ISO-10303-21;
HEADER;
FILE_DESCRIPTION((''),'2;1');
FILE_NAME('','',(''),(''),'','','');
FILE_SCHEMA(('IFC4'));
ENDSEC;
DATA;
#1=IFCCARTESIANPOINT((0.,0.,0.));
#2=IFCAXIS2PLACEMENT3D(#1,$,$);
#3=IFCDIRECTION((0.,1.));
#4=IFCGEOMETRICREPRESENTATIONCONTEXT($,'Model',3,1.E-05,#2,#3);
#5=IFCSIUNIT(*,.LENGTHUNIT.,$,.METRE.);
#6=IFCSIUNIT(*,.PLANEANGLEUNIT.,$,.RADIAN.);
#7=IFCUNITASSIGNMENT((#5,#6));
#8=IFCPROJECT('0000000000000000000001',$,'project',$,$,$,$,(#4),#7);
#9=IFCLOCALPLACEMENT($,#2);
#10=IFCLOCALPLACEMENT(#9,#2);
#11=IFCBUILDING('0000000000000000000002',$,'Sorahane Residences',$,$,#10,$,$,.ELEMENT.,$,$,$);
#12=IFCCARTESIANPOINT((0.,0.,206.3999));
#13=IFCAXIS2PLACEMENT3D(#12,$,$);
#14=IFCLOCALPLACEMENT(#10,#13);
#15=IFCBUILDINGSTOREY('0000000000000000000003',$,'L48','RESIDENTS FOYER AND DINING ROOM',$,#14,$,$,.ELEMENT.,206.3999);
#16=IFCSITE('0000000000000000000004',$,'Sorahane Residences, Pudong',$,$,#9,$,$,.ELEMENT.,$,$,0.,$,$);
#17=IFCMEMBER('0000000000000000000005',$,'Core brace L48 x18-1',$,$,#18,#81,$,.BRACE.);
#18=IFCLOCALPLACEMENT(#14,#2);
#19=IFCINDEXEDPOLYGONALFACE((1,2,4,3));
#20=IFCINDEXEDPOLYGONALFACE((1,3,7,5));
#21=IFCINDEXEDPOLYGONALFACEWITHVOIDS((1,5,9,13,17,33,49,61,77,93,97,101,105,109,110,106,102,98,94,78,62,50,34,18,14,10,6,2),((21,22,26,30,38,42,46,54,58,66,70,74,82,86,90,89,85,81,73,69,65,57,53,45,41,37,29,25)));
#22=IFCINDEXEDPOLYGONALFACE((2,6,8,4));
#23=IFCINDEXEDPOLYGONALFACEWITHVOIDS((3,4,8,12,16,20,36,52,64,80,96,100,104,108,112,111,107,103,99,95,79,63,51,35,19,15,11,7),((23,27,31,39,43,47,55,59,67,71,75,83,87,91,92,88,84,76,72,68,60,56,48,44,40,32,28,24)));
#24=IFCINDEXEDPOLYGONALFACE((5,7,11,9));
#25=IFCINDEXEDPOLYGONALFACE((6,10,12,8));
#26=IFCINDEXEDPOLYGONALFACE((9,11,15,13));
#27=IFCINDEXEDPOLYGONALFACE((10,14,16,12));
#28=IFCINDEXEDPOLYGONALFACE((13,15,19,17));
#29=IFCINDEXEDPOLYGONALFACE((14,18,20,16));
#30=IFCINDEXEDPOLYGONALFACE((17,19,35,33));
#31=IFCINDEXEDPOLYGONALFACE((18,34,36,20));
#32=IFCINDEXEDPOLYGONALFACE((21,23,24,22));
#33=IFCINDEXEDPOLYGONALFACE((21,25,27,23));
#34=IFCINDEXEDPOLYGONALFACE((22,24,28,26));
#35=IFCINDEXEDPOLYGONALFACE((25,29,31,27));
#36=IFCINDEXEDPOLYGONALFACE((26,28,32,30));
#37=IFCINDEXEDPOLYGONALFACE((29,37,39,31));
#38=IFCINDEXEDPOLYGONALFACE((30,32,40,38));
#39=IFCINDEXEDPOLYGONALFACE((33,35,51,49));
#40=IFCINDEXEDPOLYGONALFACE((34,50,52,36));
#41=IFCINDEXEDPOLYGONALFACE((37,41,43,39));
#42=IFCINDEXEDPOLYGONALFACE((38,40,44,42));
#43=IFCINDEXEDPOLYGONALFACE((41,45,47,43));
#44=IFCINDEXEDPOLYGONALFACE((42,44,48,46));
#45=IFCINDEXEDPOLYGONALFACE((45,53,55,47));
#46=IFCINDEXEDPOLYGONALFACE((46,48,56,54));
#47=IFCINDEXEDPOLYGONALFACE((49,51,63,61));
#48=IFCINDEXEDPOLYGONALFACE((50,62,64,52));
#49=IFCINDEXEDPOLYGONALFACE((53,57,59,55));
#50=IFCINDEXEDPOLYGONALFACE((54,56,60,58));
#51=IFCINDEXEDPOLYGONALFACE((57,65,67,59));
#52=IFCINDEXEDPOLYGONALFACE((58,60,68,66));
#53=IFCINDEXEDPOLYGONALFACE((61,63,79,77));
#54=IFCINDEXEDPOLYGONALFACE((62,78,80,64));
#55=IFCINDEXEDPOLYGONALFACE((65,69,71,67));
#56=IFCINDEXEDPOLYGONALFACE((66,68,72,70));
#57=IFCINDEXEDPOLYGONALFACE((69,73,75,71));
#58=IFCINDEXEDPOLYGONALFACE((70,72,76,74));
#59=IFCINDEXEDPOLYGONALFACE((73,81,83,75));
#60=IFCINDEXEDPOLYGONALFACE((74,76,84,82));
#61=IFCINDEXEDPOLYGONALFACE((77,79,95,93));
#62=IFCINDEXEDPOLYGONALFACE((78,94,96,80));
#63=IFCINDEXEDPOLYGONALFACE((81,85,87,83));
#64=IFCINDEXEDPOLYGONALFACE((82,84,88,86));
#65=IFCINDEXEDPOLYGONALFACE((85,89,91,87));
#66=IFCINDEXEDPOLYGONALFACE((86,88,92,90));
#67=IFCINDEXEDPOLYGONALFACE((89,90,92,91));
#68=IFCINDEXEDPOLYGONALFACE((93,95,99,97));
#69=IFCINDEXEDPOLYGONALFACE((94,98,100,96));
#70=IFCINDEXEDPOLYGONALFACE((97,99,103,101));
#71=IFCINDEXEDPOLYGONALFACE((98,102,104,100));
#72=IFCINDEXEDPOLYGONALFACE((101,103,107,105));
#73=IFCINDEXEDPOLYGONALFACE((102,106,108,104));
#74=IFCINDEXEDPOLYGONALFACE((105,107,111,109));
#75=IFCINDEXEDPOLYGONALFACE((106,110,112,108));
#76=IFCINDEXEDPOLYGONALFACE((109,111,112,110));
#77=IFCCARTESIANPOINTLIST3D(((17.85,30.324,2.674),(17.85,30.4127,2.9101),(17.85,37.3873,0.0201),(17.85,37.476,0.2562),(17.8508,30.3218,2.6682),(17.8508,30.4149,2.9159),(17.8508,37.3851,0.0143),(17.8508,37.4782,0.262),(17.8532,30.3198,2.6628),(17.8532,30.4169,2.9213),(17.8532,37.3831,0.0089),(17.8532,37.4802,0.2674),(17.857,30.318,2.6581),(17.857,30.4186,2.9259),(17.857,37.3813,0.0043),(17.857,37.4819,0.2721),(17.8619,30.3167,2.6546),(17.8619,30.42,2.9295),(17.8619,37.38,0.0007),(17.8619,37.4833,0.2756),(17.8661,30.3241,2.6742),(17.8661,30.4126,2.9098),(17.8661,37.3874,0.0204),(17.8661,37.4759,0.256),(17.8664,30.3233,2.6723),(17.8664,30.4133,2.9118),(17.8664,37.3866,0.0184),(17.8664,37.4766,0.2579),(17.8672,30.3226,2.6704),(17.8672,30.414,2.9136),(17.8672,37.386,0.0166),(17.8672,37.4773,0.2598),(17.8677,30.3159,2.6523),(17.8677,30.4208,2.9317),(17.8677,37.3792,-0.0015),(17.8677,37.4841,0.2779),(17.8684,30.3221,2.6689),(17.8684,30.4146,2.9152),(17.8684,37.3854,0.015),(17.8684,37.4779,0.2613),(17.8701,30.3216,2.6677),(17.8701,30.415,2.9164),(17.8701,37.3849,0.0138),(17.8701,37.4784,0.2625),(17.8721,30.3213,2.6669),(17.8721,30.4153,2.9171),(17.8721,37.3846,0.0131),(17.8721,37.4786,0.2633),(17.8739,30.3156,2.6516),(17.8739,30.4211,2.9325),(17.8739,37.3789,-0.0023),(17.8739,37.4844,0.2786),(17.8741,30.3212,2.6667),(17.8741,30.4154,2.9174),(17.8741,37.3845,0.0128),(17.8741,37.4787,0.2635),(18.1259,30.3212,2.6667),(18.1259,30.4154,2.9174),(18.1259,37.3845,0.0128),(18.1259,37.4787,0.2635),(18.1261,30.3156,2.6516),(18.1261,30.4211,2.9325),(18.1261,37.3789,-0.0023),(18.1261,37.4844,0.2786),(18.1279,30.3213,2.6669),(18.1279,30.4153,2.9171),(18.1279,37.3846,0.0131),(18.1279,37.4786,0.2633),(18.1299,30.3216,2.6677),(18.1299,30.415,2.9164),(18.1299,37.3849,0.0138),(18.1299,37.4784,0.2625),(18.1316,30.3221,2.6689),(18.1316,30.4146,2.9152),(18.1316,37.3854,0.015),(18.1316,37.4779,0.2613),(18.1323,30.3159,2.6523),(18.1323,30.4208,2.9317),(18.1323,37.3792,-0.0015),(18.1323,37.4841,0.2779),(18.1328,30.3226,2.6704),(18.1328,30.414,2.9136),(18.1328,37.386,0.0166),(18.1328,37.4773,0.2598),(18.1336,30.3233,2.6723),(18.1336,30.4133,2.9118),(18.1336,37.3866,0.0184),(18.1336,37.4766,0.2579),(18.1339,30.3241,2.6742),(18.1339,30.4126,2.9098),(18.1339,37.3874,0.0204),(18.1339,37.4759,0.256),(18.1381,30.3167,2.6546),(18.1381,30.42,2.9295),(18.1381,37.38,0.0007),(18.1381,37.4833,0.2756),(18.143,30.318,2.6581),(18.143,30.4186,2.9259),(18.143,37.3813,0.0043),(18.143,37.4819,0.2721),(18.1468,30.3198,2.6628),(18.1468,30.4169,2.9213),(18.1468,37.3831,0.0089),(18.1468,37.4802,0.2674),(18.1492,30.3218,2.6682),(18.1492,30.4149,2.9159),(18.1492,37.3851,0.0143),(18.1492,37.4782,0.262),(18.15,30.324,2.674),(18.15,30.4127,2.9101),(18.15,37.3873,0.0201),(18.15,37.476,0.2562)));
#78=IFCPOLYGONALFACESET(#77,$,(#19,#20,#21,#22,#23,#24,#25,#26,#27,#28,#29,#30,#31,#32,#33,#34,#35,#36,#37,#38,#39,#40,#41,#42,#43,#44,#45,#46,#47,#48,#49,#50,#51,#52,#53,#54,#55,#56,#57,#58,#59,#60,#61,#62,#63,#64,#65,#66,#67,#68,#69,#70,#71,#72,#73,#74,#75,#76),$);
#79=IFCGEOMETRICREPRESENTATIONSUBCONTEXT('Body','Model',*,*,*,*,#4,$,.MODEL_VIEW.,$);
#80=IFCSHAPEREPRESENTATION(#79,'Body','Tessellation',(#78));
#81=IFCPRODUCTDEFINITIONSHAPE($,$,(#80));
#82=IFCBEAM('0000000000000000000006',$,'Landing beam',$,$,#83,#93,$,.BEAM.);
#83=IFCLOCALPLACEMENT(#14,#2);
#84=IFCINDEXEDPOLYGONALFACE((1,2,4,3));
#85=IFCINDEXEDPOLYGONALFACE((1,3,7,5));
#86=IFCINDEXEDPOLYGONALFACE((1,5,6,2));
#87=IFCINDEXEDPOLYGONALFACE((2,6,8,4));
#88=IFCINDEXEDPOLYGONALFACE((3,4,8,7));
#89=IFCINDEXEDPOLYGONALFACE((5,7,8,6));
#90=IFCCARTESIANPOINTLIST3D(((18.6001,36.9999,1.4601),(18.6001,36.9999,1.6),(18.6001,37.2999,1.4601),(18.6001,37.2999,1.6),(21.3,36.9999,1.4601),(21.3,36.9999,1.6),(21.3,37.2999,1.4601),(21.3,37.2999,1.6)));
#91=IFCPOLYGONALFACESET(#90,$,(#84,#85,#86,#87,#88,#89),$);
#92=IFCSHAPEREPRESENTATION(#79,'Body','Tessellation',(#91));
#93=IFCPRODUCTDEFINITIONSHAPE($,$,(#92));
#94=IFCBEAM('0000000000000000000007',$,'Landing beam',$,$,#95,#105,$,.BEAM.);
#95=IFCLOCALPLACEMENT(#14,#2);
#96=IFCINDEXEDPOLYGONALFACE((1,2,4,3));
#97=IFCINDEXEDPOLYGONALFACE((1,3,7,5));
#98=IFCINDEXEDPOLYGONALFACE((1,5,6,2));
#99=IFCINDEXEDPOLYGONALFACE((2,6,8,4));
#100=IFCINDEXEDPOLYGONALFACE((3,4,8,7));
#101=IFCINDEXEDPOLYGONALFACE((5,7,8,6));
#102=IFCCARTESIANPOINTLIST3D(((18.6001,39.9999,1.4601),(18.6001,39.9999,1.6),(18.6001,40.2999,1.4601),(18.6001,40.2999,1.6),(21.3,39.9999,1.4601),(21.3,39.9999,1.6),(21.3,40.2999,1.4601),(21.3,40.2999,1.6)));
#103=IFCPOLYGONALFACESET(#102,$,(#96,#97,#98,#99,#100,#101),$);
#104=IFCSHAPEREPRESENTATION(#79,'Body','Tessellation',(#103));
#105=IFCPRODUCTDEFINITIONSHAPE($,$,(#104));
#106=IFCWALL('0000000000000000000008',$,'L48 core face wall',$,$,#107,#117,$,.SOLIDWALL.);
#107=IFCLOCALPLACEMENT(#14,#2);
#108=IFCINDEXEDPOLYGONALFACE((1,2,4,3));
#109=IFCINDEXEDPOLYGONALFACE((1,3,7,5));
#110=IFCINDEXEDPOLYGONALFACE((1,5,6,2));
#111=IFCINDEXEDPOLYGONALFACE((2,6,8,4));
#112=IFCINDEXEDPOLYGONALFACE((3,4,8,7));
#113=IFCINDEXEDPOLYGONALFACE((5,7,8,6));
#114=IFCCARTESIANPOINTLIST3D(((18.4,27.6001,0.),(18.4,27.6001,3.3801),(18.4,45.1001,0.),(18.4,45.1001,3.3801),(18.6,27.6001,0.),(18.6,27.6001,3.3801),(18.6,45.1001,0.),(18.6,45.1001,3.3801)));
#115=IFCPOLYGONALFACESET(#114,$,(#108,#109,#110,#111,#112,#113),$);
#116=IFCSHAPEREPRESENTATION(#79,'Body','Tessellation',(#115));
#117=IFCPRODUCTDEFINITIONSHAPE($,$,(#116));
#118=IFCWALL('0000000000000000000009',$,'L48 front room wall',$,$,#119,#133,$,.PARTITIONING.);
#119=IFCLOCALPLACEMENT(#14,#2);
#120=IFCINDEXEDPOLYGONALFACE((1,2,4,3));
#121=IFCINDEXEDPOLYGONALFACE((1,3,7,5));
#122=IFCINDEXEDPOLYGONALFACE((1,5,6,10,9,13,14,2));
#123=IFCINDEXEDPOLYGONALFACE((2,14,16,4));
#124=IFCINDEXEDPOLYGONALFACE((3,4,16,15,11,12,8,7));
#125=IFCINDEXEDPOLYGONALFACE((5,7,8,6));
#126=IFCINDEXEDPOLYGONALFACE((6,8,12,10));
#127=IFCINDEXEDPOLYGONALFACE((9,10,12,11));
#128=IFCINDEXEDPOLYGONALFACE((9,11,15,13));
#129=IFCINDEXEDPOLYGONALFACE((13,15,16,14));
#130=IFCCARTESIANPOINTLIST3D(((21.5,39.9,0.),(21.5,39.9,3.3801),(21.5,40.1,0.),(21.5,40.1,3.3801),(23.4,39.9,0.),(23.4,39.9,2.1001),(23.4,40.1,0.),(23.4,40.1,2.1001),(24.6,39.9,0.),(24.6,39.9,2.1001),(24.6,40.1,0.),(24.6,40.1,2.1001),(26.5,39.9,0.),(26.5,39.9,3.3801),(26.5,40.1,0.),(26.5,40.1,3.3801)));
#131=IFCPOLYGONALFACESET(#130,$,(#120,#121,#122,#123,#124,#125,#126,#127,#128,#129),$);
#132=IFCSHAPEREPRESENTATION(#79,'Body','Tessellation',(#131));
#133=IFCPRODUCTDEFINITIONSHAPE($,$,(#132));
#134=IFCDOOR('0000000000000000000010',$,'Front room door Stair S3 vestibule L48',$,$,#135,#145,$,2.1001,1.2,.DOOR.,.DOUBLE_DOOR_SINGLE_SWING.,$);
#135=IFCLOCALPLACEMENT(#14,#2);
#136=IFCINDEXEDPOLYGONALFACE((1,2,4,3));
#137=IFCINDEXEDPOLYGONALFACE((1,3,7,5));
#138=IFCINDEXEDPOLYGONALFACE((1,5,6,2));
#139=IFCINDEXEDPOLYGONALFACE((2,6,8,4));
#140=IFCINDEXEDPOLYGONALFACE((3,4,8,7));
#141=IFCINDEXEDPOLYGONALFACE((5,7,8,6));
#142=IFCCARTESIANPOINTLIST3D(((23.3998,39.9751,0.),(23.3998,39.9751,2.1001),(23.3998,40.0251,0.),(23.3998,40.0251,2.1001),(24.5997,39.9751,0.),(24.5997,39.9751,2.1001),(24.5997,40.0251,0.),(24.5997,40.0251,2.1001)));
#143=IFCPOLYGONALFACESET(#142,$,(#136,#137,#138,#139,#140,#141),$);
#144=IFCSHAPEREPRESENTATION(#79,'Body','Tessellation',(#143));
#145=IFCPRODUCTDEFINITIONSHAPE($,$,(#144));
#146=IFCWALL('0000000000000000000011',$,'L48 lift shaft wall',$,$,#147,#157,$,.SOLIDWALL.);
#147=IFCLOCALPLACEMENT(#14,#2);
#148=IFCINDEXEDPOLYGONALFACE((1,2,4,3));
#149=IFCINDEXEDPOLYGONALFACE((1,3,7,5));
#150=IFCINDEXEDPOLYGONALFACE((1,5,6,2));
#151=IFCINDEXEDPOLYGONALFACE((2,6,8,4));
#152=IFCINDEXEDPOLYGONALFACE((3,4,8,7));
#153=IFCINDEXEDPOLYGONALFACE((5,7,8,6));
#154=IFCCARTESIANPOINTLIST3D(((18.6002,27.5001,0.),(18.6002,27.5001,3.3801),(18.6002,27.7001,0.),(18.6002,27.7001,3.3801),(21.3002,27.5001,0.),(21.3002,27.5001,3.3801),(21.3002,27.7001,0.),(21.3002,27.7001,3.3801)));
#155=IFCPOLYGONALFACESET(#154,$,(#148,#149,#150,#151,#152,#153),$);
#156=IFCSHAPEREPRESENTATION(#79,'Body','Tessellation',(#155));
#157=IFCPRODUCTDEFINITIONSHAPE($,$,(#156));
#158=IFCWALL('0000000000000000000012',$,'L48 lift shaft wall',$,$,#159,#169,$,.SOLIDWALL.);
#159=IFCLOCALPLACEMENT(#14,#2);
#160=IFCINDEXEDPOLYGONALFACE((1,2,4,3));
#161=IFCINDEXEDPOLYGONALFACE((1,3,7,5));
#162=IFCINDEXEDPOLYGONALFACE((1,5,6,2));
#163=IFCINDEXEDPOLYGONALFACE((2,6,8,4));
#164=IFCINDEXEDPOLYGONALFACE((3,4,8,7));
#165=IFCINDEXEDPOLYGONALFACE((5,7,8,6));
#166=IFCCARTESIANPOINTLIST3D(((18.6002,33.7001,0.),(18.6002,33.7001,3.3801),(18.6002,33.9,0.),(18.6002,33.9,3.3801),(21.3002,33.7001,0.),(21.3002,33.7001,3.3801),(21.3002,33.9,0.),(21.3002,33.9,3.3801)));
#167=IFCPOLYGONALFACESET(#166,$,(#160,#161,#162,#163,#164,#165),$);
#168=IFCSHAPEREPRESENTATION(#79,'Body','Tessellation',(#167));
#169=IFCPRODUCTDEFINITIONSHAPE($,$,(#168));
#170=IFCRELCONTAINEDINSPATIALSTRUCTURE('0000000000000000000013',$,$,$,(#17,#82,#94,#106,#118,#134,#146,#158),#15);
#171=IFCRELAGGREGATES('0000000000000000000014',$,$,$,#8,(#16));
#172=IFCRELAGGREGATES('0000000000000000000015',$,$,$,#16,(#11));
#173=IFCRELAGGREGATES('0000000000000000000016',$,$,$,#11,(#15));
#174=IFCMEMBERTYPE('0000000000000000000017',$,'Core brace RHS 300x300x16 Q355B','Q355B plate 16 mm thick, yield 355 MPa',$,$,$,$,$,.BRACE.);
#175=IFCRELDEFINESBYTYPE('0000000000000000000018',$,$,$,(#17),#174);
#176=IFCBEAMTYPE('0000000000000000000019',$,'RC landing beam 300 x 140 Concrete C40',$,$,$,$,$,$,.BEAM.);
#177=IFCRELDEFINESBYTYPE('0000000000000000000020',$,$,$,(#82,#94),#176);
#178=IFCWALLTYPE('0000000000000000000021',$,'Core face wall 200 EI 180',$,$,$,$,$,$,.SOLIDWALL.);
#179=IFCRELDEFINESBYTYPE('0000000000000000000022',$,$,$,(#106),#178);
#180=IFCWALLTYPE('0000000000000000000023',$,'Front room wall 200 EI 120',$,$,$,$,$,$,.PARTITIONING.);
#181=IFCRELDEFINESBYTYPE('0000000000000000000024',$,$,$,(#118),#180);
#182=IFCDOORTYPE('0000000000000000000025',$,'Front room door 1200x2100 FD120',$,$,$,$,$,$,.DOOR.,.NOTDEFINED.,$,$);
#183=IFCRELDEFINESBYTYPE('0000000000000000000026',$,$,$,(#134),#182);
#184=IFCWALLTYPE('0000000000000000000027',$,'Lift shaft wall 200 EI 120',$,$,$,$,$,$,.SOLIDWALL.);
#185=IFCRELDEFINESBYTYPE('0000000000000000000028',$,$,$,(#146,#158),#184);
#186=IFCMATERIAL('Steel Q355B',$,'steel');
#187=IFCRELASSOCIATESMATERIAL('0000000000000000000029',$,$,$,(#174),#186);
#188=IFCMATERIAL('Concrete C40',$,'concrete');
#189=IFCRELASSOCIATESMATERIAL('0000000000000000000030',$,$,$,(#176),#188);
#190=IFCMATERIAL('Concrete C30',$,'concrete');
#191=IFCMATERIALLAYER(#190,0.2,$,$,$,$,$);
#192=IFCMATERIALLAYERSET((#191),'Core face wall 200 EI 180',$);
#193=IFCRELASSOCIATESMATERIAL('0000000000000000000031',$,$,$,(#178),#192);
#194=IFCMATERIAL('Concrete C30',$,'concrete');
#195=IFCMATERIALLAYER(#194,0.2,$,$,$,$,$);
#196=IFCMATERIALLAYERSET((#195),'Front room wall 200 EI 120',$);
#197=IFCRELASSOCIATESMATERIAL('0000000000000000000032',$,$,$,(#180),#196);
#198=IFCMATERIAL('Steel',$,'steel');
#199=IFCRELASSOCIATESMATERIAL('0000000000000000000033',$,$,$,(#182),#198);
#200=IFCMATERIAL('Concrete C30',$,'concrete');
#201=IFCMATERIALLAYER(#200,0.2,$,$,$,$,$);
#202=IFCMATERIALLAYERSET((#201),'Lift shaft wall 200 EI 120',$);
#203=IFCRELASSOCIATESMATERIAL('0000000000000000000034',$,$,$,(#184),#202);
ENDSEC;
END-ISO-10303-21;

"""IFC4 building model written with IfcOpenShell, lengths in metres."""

from ifc_helpers import new_model, si_unit, direction, frame, frame_2d, origin, origin_2d, place, context, subcontext, project, spatial, rectangle, hollow_rectangle, extrude, material, layer, layer_set, material_profile, profile_set, type_object, element, fill, save


model = new_model("IFC4")

# Units and contexts
model_context = context("Model", 3, precision=1e-05, world=origin(), true_north=direction((0.0, 1.0)))
body_context = subcontext(model_context, "Body", "Model", "MODEL_VIEW")
ifc_project = project(units=[si_unit("LENGTHUNIT", "METRE"), si_unit("PLANEANGLEUNIT", "RADIAN")], contexts=[model_context])

# Site, building, storey
site_placement = place(None, origin())
site = spatial("IfcSite", under=ifc_project, at=site_placement, Name="Sorahane Residences, Pudong", CompositionType="ELEMENT", RefElevation=0.0)
building_placement = place(site_placement, origin())
building = spatial("IfcBuilding", under=site, at=building_placement, Name="Sorahane Residences", CompositionType="ELEMENT")
storey_placement = place(building_placement, frame((0.0, 0.0, 206.3999)))
storey = spatial("IfcBuildingStorey", under=building, at=storey_placement, Name="L48", Description="RESIDENTS FOYER AND DINING ROOM", CompositionType="ELEMENT", Elevation=206.3999)

# Member
ifc_material_1 = material(Name="Steel Q355B", Category="steel")
ifc_material_profile_1 = material_profile(ifc_material_1, hollow_rectangle(XDim=0.3, YDim=0.3, WallThickness=0.0161, InnerFilletRadius=0.0081, OuterFilletRadius=0.0239, at=origin_2d()), Name="RHS 300x300x16")
ifc_profile_set_1 = profile_set([ifc_material_profile_1], Name="Steel Q355B")
member_type = type_object("IfcMemberType", Name="Core brace RHS 300x300x16 Q355B", Description="Q355B plate 16 mm thick, yield 355 MPa", PredefinedType="BRACE", material=ifc_profile_set_1)
member_placement = place(storey_placement, frame((18.0, 37.4316, 0.1382), z_axis=(0.0, -0.936107, 0.351716), x_axis=(1.0, 0.0, 0.0)))
element("IfcMember", 1, at=member_placement, inside=storey, type_object=member_type, Name="Core brace L48 x18-1", PredefinedType="BRACE", context=body_context, shape_type="SweptSolid", body=[
    extrude(hollow_rectangle(XDim=0.3, YDim=0.3, WallThickness=0.0161, InnerFilletRadius=0.0081, OuterFilletRadius=0.0239, at=origin_2d()), origin(), (0.0, 0.0, 1.0), 7.5454),
])

# Beams
ifc_material_2 = material(Name="Concrete C40", Category="concrete")
ifc_material_profile_2 = material_profile(ifc_material_2, rectangle(XDim=0.3, YDim=0.1399, at=origin_2d()), Name="300x140")
ifc_profile_set_2 = profile_set([ifc_material_profile_2], Name="Concrete C40")
beam_type = type_object("IfcBeamType", Name="RC landing beam 300 x 140 Concrete C40", PredefinedType="BEAM", material=ifc_profile_set_2)
for number, where, z_axis, x_axis, name in (
    (2, (18.6001, 37.1499, 1.53), (1.0, 0.0, 0.0), (0.0, 1.0, 0.0), "Landing beam"),
    (3, (18.6001, 40.1499, 1.53), (1.0, 0.0, 0.0), (0.0, 1.0, 0.0), "Landing beam"),
):
    element("IfcBeam", number, at=place(storey_placement, frame(where, z_axis=z_axis, x_axis=x_axis)), inside=storey, type_object=beam_type, Name=name, PredefinedType="BEAM", context=body_context, shape_type="SweptSolid", body=[
        extrude(rectangle(XDim=0.3, YDim=0.1399, at=origin_2d()), origin(), (0.0, 0.0, 1.0), 2.7),
    ])

# Wall
ifc_material_3 = material(Name="Concrete C30", Category="concrete")
ifc_layer_1 = layer(ifc_material_3, 0.2)
ifc_layer_set_1 = layer_set([ifc_layer_1], Name="Core face wall 200 EI 180")
wall_type_1 = type_object("IfcWallType", Name="Core face wall 200 EI 180", PredefinedType="SOLIDWALL", material=ifc_layer_set_1)
wall_1_placement = place(storey_placement, frame((18.5, 27.6001, 0.0), z_axis=(0.0, 0.0, 1.0), x_axis=(0.0, 1.0, 0.0)))
element("IfcWall", 4, at=wall_1_placement, inside=storey, type_object=wall_type_1, Name="L48 core face wall", PredefinedType="SOLIDWALL", context=body_context, shape_type="SweptSolid", body=[
    extrude(rectangle(XDim=17.5, YDim=0.2, at=frame_2d((8.75, 0.0))), origin(), (0.0, 0.0, 1.0), 3.3801),
])

# Wall, opening, door
ifc_material_4 = material(Name="Concrete C30", Category="concrete")
ifc_layer_2 = layer(ifc_material_4, 0.2)
ifc_layer_set_2 = layer_set([ifc_layer_2], Name="Front room wall 200 EI 120")
wall_type_2 = type_object("IfcWallType", Name="Front room wall 200 EI 120", PredefinedType="PARTITIONING", material=ifc_layer_set_2)
wall_2_placement = place(storey_placement, frame((21.5, 40.0, 0.0), z_axis=(0.0, 0.0, 1.0), x_axis=(1.0, 0.0, 0.0)))
wall_2 = element("IfcWall", 5, at=wall_2_placement, inside=storey, type_object=wall_type_2, Name="L48 front room wall", PredefinedType="PARTITIONING", context=body_context, shape_type="SweptSolid", body=[
    extrude(rectangle(XDim=5.0, YDim=0.2, at=frame_2d((2.5, 0.0))), origin(), (0.0, 0.0, 1.0), 3.3801),
])
opening_1_placement = place(wall_2_placement, frame((1.8999, 0.0, 0.0)))
opening_1 = element("IfcOpeningElement", 6, at=opening_1_placement, cuts=wall_2, PredefinedType="OPENING", context=body_context, shape_type="SweptSolid", body=[
    extrude(rectangle(XDim=1.2, YDim=2.1001, at=frame_2d((0.6001, 1.05))), frame((0.0, 0.1099, 0.0), z_axis=(0.0, -1.0, 0.0), x_axis=(1.0, 0.0, 0.0)), (0.0, 0.0, 1.0), 0.22),
])
ifc_material_5 = material(Name="Steel", Category="steel")
door_type_1 = type_object("IfcDoorType", Name="Front room door 1200x2100 FD120", OperationType="NOTDEFINED", PredefinedType="DOOR", material=ifc_material_5)
door_1_placement = place(opening_1_placement, frame((1.2, 0.0, 0.0), z_axis=(0.0, 0.0, 1.0), x_axis=(-1.0, 0.0, 0.0)))
door_1 = element("IfcDoor", 7, at=door_1_placement, inside=storey, type_object=door_type_1, Name="Front room door Stair S3 vestibule L48", OperationType="DOUBLE_DOOR_SINGLE_SWING", OverallHeight=2.1001, OverallWidth=1.2, PredefinedType="DOOR", context=body_context, shape_type="SweptSolid", body=[
    extrude(rectangle(XDim=1.2, YDim=2.1001, at=frame_2d((0.6001, 1.05))), frame((0.0, 0.0249, 0.0), z_axis=(0.0, -1.0, 0.0), x_axis=(1.0, 0.0, 0.0)), (0.0, 0.0, 1.0), 0.05),
])
fill(opening_1, door_1)

# Walls
ifc_material_6 = material(Name="Concrete C30", Category="concrete")
ifc_layer_3 = layer(ifc_material_6, 0.2)
ifc_layer_set_3 = layer_set([ifc_layer_3], Name="Lift shaft wall 200 EI 120")
wall_type_3 = type_object("IfcWallType", Name="Lift shaft wall 200 EI 120", PredefinedType="SOLIDWALL", material=ifc_layer_set_3)
for number, where, z_axis, x_axis, name in (
    (8, (18.6001, 27.6001, 0.0), (0.0, 0.0, 1.0), (1.0, 0.0, 0.0), "L48 lift shaft wall"),
    (9, (18.6001, 33.8, 0.0), (0.0, 0.0, 1.0), (1.0, 0.0, 0.0), "L48 lift shaft wall"),
):
    element("IfcWall", number, at=place(storey_placement, frame(where, z_axis=z_axis, x_axis=x_axis)), inside=storey, type_object=wall_type_3, Name=name, PredefinedType="SOLIDWALL", context=body_context, shape_type="SweptSolid", body=[
        extrude(rectangle(XDim=2.7, YDim=0.2, at=frame_2d((1.3501, 0.0))), origin(), (0.0, 0.0, 1.0), 3.3801),
    ])

save(model, "model.ifc")
